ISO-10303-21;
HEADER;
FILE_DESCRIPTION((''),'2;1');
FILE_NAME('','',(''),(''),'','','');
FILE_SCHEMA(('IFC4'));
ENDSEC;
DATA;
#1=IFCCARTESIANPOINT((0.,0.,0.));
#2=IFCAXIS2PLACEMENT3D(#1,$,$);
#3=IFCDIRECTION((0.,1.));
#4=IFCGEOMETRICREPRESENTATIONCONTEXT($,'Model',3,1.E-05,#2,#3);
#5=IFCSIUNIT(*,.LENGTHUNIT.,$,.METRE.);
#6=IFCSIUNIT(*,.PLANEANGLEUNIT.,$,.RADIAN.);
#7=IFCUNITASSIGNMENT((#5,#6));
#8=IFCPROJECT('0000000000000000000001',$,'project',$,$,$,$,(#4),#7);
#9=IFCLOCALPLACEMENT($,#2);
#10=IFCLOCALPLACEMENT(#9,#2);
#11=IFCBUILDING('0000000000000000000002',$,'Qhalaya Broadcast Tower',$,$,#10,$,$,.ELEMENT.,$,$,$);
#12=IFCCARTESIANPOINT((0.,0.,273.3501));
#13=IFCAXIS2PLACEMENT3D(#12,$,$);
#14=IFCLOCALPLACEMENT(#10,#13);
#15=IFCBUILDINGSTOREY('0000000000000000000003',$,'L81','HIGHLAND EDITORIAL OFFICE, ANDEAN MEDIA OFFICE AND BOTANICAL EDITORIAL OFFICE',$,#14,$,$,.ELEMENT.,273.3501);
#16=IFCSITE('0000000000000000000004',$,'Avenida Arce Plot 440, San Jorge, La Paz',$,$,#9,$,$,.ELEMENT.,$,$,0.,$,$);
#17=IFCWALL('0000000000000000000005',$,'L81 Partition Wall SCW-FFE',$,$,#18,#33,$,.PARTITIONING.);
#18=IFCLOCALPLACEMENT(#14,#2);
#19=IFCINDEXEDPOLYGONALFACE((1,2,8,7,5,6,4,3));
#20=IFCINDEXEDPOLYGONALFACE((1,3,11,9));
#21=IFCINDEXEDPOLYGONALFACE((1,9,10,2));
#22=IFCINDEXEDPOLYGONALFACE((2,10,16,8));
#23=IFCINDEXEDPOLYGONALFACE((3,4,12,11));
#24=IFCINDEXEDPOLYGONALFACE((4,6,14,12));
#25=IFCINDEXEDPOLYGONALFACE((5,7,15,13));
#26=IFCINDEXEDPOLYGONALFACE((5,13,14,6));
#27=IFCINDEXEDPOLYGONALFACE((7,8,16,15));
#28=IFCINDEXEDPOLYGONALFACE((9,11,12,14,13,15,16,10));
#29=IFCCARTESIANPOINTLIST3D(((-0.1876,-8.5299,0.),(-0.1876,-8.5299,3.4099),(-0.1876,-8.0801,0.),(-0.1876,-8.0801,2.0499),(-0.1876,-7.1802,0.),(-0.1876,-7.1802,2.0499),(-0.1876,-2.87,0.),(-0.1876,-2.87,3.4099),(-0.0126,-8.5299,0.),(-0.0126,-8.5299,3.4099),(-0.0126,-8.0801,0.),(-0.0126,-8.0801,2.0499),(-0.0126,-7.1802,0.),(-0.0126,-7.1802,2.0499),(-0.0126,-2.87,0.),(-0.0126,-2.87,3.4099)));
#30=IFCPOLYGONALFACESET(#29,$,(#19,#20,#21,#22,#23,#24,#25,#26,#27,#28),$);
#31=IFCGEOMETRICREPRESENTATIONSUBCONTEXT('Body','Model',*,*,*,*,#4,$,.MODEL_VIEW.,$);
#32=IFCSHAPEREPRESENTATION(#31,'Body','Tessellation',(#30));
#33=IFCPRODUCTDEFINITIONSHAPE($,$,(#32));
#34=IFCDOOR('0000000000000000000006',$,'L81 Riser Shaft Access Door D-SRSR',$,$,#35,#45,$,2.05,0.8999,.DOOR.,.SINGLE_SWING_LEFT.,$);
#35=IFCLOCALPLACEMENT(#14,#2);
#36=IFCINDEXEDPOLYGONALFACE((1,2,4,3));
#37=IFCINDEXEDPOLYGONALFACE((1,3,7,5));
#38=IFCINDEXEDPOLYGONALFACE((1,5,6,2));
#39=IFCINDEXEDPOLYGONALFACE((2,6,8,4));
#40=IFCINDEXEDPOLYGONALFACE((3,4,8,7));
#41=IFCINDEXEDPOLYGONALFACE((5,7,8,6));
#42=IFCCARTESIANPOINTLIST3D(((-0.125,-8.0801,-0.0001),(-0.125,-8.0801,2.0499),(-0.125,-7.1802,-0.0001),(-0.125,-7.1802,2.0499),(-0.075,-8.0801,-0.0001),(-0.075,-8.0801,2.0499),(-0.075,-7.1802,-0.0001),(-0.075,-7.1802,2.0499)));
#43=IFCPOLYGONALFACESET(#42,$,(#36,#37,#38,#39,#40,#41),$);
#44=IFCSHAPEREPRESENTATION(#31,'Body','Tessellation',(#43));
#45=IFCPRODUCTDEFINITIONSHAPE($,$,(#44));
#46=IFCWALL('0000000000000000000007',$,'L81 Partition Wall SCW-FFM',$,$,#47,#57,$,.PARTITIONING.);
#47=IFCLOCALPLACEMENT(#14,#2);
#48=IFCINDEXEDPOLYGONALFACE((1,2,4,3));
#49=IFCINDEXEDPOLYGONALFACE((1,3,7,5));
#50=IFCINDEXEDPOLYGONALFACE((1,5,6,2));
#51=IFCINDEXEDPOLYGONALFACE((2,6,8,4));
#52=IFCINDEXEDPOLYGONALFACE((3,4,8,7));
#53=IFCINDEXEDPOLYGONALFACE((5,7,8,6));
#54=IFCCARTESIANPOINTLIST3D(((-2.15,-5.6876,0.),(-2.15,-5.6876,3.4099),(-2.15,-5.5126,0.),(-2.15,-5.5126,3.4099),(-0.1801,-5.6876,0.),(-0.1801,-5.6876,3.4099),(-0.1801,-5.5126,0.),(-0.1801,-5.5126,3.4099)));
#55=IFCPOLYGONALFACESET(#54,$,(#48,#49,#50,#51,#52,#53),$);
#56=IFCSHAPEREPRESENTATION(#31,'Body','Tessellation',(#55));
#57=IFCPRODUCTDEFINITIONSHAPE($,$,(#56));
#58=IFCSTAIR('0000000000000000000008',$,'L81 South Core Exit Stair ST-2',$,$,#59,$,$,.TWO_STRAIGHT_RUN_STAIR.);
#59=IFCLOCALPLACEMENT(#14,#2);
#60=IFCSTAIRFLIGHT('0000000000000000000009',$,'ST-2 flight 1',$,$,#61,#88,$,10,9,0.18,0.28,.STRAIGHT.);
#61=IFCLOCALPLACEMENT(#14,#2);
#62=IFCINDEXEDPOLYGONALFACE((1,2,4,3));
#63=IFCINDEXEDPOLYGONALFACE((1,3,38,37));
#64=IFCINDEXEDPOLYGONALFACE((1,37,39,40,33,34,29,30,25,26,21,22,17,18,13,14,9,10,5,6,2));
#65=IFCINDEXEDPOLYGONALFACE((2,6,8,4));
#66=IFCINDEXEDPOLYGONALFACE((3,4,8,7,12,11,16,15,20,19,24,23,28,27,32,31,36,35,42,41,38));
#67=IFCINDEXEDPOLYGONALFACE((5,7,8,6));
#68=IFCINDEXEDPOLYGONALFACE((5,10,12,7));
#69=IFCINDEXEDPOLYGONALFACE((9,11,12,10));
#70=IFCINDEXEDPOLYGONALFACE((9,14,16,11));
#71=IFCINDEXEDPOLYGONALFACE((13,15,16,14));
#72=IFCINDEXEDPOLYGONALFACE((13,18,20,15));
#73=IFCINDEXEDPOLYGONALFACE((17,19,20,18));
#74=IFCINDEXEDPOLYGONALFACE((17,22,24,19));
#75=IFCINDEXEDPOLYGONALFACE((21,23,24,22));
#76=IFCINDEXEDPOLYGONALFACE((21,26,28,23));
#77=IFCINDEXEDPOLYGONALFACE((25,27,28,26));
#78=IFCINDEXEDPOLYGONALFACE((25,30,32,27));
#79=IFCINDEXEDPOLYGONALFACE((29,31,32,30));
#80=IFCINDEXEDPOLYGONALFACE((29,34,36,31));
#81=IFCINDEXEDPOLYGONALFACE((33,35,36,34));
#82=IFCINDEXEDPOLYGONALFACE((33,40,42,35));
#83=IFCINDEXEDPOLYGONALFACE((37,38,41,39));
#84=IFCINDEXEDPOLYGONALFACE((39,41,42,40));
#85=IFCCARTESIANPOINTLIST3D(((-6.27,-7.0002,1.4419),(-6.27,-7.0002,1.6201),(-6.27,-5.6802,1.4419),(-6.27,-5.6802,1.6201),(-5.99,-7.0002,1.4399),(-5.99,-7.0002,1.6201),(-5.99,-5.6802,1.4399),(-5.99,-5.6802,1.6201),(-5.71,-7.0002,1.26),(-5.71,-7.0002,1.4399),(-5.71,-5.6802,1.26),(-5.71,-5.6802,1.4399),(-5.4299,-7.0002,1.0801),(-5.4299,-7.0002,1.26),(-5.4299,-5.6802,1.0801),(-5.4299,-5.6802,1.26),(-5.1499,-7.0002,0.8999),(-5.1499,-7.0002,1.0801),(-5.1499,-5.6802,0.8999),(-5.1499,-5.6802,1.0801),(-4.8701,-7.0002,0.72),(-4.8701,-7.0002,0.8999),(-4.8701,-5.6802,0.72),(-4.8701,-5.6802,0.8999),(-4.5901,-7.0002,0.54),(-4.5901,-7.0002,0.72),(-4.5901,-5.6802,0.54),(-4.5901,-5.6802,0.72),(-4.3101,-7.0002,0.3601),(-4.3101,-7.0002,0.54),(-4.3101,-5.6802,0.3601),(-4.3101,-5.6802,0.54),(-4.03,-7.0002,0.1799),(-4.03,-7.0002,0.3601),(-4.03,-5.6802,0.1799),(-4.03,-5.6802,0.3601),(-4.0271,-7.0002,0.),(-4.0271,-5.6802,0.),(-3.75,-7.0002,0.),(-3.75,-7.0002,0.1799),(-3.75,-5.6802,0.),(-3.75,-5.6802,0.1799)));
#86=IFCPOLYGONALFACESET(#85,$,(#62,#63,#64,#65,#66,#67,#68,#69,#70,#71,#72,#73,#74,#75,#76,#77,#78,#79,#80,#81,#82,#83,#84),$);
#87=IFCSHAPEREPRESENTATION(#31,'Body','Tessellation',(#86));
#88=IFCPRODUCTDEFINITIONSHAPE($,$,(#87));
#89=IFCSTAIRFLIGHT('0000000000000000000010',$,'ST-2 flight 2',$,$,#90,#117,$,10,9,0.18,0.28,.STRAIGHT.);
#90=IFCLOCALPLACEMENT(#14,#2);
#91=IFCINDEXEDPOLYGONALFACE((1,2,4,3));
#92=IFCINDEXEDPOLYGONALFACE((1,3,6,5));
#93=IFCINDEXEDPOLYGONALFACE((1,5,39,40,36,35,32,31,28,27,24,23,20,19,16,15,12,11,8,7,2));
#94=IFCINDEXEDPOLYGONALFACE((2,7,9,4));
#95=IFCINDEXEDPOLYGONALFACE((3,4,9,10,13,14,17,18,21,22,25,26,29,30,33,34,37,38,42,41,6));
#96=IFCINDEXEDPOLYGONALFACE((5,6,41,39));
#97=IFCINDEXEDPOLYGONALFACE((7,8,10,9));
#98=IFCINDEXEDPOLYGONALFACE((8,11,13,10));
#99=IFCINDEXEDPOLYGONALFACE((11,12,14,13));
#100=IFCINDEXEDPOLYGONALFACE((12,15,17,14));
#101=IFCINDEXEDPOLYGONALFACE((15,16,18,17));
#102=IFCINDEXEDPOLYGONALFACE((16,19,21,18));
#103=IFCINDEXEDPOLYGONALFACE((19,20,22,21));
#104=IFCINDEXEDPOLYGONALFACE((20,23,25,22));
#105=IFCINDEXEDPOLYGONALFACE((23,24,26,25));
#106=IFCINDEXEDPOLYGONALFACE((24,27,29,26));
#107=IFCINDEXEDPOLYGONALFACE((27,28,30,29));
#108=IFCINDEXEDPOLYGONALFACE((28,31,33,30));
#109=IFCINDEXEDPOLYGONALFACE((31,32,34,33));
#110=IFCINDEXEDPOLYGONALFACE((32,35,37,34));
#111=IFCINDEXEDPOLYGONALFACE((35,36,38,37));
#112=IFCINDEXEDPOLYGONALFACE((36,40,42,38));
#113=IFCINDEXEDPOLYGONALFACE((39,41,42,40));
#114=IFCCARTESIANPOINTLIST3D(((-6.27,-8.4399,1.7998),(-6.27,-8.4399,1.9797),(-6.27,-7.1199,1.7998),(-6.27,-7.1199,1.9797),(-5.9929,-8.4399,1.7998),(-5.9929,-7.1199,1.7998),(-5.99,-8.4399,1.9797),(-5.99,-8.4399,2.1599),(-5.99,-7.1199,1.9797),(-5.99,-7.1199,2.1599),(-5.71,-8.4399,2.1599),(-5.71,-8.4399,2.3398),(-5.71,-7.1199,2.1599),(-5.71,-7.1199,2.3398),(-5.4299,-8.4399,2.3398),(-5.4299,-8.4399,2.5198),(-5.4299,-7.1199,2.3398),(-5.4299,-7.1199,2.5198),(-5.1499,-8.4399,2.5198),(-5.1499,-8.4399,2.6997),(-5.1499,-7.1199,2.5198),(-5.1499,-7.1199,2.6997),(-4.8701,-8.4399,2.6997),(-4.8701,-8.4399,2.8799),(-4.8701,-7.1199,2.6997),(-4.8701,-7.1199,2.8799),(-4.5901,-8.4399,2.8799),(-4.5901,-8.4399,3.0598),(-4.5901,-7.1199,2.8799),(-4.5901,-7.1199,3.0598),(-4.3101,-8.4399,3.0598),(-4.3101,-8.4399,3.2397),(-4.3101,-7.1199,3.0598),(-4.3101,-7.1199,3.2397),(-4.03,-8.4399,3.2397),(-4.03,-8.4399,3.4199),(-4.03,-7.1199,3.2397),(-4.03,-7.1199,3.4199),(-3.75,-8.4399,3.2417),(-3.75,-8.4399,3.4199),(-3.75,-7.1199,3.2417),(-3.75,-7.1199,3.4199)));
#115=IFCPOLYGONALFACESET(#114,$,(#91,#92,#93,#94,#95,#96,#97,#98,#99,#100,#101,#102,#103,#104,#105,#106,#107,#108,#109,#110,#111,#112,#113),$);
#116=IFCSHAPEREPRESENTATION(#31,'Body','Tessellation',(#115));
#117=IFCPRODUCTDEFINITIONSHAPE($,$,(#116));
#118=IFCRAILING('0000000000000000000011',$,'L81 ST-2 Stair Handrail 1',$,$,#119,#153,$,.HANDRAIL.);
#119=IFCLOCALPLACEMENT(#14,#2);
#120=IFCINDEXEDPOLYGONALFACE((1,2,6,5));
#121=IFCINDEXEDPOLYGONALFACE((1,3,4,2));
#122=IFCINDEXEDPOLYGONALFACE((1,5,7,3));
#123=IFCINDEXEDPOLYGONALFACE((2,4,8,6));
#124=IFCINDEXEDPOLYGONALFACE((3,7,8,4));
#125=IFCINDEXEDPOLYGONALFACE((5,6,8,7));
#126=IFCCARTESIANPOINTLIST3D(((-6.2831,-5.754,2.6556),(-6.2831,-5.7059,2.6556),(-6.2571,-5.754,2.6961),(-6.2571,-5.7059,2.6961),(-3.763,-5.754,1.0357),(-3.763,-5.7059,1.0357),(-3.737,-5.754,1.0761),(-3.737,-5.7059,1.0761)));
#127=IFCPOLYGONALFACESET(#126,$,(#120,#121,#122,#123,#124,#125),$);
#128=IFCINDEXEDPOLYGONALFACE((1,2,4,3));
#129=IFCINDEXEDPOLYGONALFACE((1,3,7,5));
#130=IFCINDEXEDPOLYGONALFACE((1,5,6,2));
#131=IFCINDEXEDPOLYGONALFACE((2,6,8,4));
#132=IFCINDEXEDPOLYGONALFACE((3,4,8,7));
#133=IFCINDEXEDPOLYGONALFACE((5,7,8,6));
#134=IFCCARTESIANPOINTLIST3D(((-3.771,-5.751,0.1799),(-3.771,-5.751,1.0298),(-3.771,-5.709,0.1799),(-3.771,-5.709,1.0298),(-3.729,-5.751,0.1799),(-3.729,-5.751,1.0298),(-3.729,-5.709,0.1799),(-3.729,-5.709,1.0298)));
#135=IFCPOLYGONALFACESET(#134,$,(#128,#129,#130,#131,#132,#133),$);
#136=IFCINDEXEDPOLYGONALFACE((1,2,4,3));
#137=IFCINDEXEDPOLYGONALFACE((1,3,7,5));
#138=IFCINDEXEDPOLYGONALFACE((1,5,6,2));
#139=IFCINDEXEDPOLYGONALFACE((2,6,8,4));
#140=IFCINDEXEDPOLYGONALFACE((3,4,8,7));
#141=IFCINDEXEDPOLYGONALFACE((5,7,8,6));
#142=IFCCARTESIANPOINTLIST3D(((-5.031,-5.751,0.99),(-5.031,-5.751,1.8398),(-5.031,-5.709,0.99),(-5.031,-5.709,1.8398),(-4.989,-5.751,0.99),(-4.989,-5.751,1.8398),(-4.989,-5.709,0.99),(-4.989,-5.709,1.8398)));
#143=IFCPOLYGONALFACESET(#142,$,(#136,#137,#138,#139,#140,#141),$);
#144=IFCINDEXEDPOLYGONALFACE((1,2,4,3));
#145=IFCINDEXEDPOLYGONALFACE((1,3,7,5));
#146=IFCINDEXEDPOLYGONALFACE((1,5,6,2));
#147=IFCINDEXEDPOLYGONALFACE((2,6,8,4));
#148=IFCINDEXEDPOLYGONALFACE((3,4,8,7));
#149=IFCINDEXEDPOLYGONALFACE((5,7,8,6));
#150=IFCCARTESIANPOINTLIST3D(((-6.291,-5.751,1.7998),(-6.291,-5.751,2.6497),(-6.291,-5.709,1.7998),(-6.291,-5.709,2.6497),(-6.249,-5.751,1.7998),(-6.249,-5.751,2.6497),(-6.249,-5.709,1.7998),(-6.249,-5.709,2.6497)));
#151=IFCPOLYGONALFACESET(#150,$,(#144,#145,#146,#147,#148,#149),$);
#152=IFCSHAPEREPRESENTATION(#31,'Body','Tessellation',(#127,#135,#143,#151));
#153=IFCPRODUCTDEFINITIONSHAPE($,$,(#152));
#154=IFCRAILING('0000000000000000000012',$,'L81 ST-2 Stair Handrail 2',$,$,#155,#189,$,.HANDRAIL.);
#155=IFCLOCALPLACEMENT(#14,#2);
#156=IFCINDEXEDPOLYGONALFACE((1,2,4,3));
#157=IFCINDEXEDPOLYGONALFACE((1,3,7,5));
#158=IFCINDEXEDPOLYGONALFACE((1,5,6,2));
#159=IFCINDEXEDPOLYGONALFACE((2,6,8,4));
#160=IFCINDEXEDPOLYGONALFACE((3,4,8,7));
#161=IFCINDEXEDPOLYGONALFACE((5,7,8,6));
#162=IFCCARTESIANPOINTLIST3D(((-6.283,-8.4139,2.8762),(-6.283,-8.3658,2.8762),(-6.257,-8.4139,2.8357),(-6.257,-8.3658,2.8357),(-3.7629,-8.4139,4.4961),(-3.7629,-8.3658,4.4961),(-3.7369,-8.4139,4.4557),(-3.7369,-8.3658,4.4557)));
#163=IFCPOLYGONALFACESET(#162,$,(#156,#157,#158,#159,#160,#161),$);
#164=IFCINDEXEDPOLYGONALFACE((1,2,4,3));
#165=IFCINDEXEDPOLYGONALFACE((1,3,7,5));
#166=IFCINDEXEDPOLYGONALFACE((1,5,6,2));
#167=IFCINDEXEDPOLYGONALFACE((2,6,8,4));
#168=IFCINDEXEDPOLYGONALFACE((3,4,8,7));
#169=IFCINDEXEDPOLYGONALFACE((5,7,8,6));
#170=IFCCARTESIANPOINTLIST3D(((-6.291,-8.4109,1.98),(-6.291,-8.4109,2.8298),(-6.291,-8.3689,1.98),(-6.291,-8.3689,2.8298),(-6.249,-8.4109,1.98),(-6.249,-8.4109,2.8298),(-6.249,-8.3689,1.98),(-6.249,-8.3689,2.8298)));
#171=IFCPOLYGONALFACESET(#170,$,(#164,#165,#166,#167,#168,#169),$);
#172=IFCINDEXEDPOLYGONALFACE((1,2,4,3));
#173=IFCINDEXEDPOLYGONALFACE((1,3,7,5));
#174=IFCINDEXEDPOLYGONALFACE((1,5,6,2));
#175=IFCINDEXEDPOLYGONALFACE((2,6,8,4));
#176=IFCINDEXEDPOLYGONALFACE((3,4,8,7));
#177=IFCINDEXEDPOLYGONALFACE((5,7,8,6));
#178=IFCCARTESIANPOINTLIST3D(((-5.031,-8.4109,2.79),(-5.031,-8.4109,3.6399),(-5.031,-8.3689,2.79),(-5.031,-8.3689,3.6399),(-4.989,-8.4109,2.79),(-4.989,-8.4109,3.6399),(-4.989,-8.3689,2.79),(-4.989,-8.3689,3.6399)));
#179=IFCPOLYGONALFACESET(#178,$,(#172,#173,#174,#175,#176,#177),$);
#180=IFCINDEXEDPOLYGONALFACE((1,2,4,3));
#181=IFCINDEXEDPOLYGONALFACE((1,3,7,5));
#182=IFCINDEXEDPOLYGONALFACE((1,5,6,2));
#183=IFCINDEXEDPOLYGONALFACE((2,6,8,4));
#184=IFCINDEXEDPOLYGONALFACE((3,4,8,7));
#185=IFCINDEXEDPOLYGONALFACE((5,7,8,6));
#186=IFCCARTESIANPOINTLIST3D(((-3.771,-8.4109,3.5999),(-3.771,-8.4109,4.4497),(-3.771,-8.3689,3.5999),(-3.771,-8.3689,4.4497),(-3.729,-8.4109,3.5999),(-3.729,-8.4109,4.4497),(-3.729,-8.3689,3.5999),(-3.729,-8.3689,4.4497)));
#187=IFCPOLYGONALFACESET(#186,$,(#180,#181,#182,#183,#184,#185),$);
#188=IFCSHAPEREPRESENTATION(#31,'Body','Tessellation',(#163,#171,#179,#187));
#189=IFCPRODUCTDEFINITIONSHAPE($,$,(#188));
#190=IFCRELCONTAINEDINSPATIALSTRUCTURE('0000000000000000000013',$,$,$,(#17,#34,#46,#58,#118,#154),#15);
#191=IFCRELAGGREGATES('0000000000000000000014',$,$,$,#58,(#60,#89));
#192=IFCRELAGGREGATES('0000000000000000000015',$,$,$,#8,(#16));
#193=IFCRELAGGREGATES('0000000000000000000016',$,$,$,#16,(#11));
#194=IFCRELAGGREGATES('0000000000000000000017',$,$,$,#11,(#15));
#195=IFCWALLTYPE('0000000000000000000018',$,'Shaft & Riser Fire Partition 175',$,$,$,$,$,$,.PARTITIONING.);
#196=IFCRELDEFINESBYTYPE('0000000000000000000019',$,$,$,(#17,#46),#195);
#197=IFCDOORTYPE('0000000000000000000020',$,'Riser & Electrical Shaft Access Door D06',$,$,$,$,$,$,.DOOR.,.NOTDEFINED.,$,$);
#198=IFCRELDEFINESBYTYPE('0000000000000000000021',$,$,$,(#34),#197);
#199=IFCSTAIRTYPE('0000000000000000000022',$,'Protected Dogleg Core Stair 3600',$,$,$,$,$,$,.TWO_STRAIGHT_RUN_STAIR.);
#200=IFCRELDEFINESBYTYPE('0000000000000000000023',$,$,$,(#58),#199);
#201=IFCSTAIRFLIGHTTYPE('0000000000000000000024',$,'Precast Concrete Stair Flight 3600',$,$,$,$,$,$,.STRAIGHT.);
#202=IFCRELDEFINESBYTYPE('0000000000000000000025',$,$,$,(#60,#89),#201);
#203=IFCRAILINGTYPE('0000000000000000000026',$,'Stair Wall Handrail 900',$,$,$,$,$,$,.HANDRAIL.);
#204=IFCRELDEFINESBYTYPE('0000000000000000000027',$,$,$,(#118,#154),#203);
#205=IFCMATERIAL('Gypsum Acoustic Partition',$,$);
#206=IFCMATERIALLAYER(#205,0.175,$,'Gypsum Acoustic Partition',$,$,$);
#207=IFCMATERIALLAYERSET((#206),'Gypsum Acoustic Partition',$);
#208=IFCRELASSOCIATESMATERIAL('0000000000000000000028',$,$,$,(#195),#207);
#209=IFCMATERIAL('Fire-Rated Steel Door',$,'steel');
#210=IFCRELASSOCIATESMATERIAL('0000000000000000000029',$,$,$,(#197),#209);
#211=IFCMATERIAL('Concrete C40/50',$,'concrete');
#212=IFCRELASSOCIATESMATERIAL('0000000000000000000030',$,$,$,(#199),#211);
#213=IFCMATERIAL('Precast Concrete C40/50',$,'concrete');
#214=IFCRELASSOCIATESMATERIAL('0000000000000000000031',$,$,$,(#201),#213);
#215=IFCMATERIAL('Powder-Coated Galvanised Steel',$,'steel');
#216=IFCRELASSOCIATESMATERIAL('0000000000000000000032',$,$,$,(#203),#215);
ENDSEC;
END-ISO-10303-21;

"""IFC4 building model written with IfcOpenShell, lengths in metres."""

from ifc_helpers import new_model, si_unit, direction, frame, frame_2d, origin, origin_2d, place, context, subcontext, project, spatial, polyline, rectangle, outline, extrude, material, layer, layer_set, type_object, element, fill, aggregate, save


model = new_model("IFC4")

# Units and contexts
model_context = context("Model", 3, precision=1e-05, world=origin(), true_north=direction((0.0, 1.0)))
body_context = subcontext(model_context, "Body", "Model", "MODEL_VIEW")
ifc_project = project(units=[si_unit("LENGTHUNIT", "METRE"), si_unit("PLANEANGLEUNIT", "RADIAN")], contexts=[model_context])

# Site, building, storey
site_placement = place(None, origin())
site = spatial("IfcSite", under=ifc_project, at=site_placement, Name="Avenida Arce Plot 440, San Jorge, La Paz", CompositionType="ELEMENT", RefElevation=0.0)
building_placement = place(site_placement, origin())
building = spatial("IfcBuilding", under=site, at=building_placement, Name="Qhalaya Broadcast Tower", CompositionType="ELEMENT")
storey_placement = place(building_placement, frame((0.0, 0.0, 273.3501)))
storey = spatial("IfcBuildingStorey", under=building, at=storey_placement, Name="L81", Description="HIGHLAND EDITORIAL OFFICE, ANDEAN MEDIA OFFICE AND BOTANICAL EDITORIAL OFFICE", CompositionType="ELEMENT", Elevation=273.3501)

# Wall, opening, door
ifc_material_1 = material(Name="Fire-Rated Steel Door", Category="steel")
ifc_material_2 = material(Name="Gypsum Acoustic Partition")
ifc_layer_1 = layer(ifc_material_2, 0.175, Name="Gypsum Acoustic Partition")
ifc_layer_set_1 = layer_set([ifc_layer_1], Name="Gypsum Acoustic Partition")
wall_type_1 = type_object("IfcWallType", Name="Shaft & Riser Fire Partition 175", PredefinedType="PARTITIONING", material=ifc_layer_set_1)
wall_1_placement = place(storey_placement, frame((-0.1001, -8.53, 0.0), z_axis=(0.0, 0.0, 1.0), x_axis=(0.0, 1.0, 0.0)))
wall_1 = element("IfcWall", 1, at=wall_1_placement, inside=storey, type_object=wall_type_1, Name="L81 Partition Wall SCW-FFE", PredefinedType="PARTITIONING", context=body_context, shape_type="SweptSolid", body=[
    extrude(rectangle(XDim=5.6599, YDim=0.175, at=frame_2d((2.8301, 0.0))), origin(), (0.0, 0.0, 1.0), 3.4099),
])
opening_1_placement = place(wall_1_placement, frame((0.45, 0.0, 0.0)))
opening_1 = element("IfcOpeningElement", 2, at=opening_1_placement, cuts=wall_1, PredefinedType="OPENING", context=body_context, shape_type="SweptSolid", body=[
    extrude(rectangle(XDim=0.8999, YDim=2.05, at=frame_2d((0.45, 1.0249))), frame((0.0, 0.0996, 0.0), z_axis=(0.0, -1.0, 0.0), x_axis=(1.0, 0.0, 0.0)), (0.0, 0.0, 1.0), 0.199),
])
door_type_1 = type_object("IfcDoorType", Name="Riser & Electrical Shaft Access Door D06", OperationType="NOTDEFINED", PredefinedType="DOOR", material=ifc_material_1)
door_1_placement = place(opening_1_placement, origin())
door_1 = element("IfcDoor", 3, at=door_1_placement, inside=storey, type_object=door_type_1, Name="L81 Riser Shaft Access Door D-SRSR", OperationType="SINGLE_SWING_LEFT", OverallHeight=2.05, OverallWidth=0.8999, PredefinedType="DOOR", context=body_context, shape_type="SweptSolid", body=[
    extrude(rectangle(XDim=0.8999, YDim=2.05, at=frame_2d((0.45, 1.0249))), frame((0.0, 0.0249, 0.0), z_axis=(0.0, -1.0, 0.0), x_axis=(1.0, 0.0, 0.0)), (0.0, 0.0, 1.0), 0.05),
])
fill(opening_1, door_1)

# Wall
wall_2_placement = place(storey_placement, frame((-2.1499, -5.6001, 0.0), z_axis=(0.0, 0.0, 1.0), x_axis=(1.0, 0.0, 0.0)))
element("IfcWall", 4, at=wall_2_placement, inside=storey, type_object=wall_type_1, Name="L81 Partition Wall SCW-FFM", PredefinedType="PARTITIONING", context=body_context, shape_type="SweptSolid", body=[
    extrude(rectangle(XDim=1.97, YDim=0.175, at=frame_2d((0.9849, 0.0))), origin(), (0.0, 0.0, 1.0), 3.4099),
])

# Stair, stair flights
ifc_material_3 = material(Name="Concrete C40/50", Category="concrete")
stair_type = type_object("IfcStairType", Name="Protected Dogleg Core Stair 3600", PredefinedType="TWO_STRAIGHT_RUN_STAIR", material=ifc_material_3)
stair_placement = place(storey_placement, origin())
stair = element("IfcStair", 5, at=stair_placement, inside=storey, type_object=stair_type, Name="L81 South Core Exit Stair ST-2", PredefinedType="TWO_STRAIGHT_RUN_STAIR")
ifc_material_4 = material(Name="Precast Concrete C40/50", Category="concrete")
stair_flight_type = type_object("IfcStairFlightType", Name="Precast Concrete Stair Flight 3600", PredefinedType="STRAIGHT", material=ifc_material_4)
stair_flight_1_placement = place(storey_placement, frame((-3.75, -6.3401, 0.0), z_axis=(0.0, 0.0, 1.0), x_axis=(-1.0, 0.0, 0.0)))
stair_flight_1 = element("IfcStairFlight", 6, at=stair_flight_1_placement, type_object=stair_flight_type, Name="ST-2 flight 1", NumberOfRisers=10, NumberOfTreads=9, PredefinedType="STRAIGHT", RiserHeight=0.18, TreadLength=0.28, context=body_context, shape_type="SweptSolid", body=[
    extrude(outline(polyline([(0.0, 0.0), (0.0, 0.1799), (0.28, 0.1799), (0.28, 0.3601), (0.5601, 0.3601), (0.5601, 0.54), (0.8401, 0.54), (0.8401, 0.72), (1.1201, 0.72), (1.1201, 0.8999), (1.3999, 0.8999), (1.3999, 1.0801), (1.6799, 1.0801), (1.6799, 1.26), (1.96, 1.26), (1.96, 1.4399), (2.24, 1.4399), (2.24, 1.6201), (2.52, 1.6201), (2.52, 1.8), (2.52, 1.4419), (0.2771, 0.0), (0.0, 0.0)])), frame((0.0, 0.6602, 0.0), z_axis=(0.0, -1.0, 0.0), x_axis=(1.0, 0.0, 0.0)), (0.0, 0.0, 1.0), 1.3201),
])
stair_flight_2_placement = place(storey_placement, frame((-6.27, -7.78, 1.7998), z_axis=(0.0, 0.0, 1.0), x_axis=(1.0, 0.0, 0.0)))
stair_flight_2 = element("IfcStairFlight", 7, at=stair_flight_2_placement, type_object=stair_flight_type, Name="ST-2 flight 2", NumberOfRisers=10, NumberOfTreads=9, PredefinedType="STRAIGHT", RiserHeight=0.18, TreadLength=0.28, context=body_context, shape_type="SweptSolid", body=[
    extrude(outline(polyline([(0.0, 0.0), (0.0, 0.1799), (0.28, 0.1799), (0.28, 0.3601), (0.5601, 0.3601), (0.5601, 0.54), (0.8401, 0.54), (0.8401, 0.72), (1.1201, 0.72), (1.1201, 0.8999), (1.3999, 0.8999), (1.3999, 1.0801), (1.6799, 1.0801), (1.6799, 1.26), (1.96, 1.26), (1.96, 1.4399), (2.24, 1.4399), (2.24, 1.6201), (2.52, 1.6201), (2.52, 1.8), (2.52, 1.4419), (0.2771, 0.0), (0.0, 0.0)])), frame((0.0, 0.6602, 0.0), z_axis=(0.0, -1.0, 0.0), x_axis=(1.0, 0.0, 0.0)), (0.0, 0.0, 1.0), 1.3201),
])
aggregate(stair, [stair_flight_1, stair_flight_2])

# Railings
ifc_material_5 = material(Name="Powder-Coated Galvanised Steel", Category="steel")
railing_type_1 = type_object("IfcRailingType", Name="Stair Wall Handrail 900", PredefinedType="HANDRAIL", material=ifc_material_5)
railing_1_placement = place(storey_placement, frame((-3.75, -5.73, 0.1799)))
element("IfcRailing", 8, at=railing_1_placement, inside=storey, type_object=railing_type_1, Name="L81 ST-2 Stair Handrail 1", PredefinedType="HANDRAIL", context=body_context, shape_type="SweptSolid", body=[
    extrude(rectangle(XDim=0.0481, YDim=0.0481, at=origin_2d()), frame((0.0, 0.0, 0.876), z_axis=(-0.8412, 0.0, 0.540725), x_axis=(0.0, -1.0, 0.0)), (0.0, 0.0, 1.0), 2.9958),
    extrude(rectangle(XDim=0.042, YDim=0.042, at=origin_2d()), origin(), (0.0, 0.0, 1.0), 0.8499),
    extrude(rectangle(XDim=0.042, YDim=0.042, at=origin_2d()), frame((-1.26, 0.0, 0.8101)), (0.0, 0.0, 1.0), 0.8499),
    extrude(rectangle(XDim=0.042, YDim=0.042, at=origin_2d()), frame((-2.52, 0.0, 1.6199)), (0.0, 0.0, 1.0), 0.8499),
])
railing_2_placement = place(storey_placement, frame((-6.27, -8.3899, 1.98)))
element("IfcRailing", 9, at=railing_2_placement, inside=storey, type_object=railing_type_1, Name="L81 ST-2 Stair Handrail 2", PredefinedType="HANDRAIL", context=body_context, shape_type="SweptSolid", body=[
    extrude(rectangle(XDim=0.0481, YDim=0.0481, at=origin_2d()), frame((0.0, 0.0, 0.876), z_axis=(0.8412, 0.0, 0.540725), x_axis=(0.0, 1.0, 0.0)), (0.0, 0.0, 1.0), 2.9958),
    extrude(rectangle(XDim=0.042, YDim=0.042, at=origin_2d()), origin(), (0.0, 0.0, 1.0), 0.8499),
    extrude(rectangle(XDim=0.042, YDim=0.042, at=origin_2d()), frame((1.26, 0.0, 0.8101)), (0.0, 0.0, 1.0), 0.8499),
    extrude(rectangle(XDim=0.042, YDim=0.042, at=origin_2d()), frame((2.52, 0.0, 1.6199)), (0.0, 0.0, 1.0), 0.8499),
])

save(model, "model.ifc")
